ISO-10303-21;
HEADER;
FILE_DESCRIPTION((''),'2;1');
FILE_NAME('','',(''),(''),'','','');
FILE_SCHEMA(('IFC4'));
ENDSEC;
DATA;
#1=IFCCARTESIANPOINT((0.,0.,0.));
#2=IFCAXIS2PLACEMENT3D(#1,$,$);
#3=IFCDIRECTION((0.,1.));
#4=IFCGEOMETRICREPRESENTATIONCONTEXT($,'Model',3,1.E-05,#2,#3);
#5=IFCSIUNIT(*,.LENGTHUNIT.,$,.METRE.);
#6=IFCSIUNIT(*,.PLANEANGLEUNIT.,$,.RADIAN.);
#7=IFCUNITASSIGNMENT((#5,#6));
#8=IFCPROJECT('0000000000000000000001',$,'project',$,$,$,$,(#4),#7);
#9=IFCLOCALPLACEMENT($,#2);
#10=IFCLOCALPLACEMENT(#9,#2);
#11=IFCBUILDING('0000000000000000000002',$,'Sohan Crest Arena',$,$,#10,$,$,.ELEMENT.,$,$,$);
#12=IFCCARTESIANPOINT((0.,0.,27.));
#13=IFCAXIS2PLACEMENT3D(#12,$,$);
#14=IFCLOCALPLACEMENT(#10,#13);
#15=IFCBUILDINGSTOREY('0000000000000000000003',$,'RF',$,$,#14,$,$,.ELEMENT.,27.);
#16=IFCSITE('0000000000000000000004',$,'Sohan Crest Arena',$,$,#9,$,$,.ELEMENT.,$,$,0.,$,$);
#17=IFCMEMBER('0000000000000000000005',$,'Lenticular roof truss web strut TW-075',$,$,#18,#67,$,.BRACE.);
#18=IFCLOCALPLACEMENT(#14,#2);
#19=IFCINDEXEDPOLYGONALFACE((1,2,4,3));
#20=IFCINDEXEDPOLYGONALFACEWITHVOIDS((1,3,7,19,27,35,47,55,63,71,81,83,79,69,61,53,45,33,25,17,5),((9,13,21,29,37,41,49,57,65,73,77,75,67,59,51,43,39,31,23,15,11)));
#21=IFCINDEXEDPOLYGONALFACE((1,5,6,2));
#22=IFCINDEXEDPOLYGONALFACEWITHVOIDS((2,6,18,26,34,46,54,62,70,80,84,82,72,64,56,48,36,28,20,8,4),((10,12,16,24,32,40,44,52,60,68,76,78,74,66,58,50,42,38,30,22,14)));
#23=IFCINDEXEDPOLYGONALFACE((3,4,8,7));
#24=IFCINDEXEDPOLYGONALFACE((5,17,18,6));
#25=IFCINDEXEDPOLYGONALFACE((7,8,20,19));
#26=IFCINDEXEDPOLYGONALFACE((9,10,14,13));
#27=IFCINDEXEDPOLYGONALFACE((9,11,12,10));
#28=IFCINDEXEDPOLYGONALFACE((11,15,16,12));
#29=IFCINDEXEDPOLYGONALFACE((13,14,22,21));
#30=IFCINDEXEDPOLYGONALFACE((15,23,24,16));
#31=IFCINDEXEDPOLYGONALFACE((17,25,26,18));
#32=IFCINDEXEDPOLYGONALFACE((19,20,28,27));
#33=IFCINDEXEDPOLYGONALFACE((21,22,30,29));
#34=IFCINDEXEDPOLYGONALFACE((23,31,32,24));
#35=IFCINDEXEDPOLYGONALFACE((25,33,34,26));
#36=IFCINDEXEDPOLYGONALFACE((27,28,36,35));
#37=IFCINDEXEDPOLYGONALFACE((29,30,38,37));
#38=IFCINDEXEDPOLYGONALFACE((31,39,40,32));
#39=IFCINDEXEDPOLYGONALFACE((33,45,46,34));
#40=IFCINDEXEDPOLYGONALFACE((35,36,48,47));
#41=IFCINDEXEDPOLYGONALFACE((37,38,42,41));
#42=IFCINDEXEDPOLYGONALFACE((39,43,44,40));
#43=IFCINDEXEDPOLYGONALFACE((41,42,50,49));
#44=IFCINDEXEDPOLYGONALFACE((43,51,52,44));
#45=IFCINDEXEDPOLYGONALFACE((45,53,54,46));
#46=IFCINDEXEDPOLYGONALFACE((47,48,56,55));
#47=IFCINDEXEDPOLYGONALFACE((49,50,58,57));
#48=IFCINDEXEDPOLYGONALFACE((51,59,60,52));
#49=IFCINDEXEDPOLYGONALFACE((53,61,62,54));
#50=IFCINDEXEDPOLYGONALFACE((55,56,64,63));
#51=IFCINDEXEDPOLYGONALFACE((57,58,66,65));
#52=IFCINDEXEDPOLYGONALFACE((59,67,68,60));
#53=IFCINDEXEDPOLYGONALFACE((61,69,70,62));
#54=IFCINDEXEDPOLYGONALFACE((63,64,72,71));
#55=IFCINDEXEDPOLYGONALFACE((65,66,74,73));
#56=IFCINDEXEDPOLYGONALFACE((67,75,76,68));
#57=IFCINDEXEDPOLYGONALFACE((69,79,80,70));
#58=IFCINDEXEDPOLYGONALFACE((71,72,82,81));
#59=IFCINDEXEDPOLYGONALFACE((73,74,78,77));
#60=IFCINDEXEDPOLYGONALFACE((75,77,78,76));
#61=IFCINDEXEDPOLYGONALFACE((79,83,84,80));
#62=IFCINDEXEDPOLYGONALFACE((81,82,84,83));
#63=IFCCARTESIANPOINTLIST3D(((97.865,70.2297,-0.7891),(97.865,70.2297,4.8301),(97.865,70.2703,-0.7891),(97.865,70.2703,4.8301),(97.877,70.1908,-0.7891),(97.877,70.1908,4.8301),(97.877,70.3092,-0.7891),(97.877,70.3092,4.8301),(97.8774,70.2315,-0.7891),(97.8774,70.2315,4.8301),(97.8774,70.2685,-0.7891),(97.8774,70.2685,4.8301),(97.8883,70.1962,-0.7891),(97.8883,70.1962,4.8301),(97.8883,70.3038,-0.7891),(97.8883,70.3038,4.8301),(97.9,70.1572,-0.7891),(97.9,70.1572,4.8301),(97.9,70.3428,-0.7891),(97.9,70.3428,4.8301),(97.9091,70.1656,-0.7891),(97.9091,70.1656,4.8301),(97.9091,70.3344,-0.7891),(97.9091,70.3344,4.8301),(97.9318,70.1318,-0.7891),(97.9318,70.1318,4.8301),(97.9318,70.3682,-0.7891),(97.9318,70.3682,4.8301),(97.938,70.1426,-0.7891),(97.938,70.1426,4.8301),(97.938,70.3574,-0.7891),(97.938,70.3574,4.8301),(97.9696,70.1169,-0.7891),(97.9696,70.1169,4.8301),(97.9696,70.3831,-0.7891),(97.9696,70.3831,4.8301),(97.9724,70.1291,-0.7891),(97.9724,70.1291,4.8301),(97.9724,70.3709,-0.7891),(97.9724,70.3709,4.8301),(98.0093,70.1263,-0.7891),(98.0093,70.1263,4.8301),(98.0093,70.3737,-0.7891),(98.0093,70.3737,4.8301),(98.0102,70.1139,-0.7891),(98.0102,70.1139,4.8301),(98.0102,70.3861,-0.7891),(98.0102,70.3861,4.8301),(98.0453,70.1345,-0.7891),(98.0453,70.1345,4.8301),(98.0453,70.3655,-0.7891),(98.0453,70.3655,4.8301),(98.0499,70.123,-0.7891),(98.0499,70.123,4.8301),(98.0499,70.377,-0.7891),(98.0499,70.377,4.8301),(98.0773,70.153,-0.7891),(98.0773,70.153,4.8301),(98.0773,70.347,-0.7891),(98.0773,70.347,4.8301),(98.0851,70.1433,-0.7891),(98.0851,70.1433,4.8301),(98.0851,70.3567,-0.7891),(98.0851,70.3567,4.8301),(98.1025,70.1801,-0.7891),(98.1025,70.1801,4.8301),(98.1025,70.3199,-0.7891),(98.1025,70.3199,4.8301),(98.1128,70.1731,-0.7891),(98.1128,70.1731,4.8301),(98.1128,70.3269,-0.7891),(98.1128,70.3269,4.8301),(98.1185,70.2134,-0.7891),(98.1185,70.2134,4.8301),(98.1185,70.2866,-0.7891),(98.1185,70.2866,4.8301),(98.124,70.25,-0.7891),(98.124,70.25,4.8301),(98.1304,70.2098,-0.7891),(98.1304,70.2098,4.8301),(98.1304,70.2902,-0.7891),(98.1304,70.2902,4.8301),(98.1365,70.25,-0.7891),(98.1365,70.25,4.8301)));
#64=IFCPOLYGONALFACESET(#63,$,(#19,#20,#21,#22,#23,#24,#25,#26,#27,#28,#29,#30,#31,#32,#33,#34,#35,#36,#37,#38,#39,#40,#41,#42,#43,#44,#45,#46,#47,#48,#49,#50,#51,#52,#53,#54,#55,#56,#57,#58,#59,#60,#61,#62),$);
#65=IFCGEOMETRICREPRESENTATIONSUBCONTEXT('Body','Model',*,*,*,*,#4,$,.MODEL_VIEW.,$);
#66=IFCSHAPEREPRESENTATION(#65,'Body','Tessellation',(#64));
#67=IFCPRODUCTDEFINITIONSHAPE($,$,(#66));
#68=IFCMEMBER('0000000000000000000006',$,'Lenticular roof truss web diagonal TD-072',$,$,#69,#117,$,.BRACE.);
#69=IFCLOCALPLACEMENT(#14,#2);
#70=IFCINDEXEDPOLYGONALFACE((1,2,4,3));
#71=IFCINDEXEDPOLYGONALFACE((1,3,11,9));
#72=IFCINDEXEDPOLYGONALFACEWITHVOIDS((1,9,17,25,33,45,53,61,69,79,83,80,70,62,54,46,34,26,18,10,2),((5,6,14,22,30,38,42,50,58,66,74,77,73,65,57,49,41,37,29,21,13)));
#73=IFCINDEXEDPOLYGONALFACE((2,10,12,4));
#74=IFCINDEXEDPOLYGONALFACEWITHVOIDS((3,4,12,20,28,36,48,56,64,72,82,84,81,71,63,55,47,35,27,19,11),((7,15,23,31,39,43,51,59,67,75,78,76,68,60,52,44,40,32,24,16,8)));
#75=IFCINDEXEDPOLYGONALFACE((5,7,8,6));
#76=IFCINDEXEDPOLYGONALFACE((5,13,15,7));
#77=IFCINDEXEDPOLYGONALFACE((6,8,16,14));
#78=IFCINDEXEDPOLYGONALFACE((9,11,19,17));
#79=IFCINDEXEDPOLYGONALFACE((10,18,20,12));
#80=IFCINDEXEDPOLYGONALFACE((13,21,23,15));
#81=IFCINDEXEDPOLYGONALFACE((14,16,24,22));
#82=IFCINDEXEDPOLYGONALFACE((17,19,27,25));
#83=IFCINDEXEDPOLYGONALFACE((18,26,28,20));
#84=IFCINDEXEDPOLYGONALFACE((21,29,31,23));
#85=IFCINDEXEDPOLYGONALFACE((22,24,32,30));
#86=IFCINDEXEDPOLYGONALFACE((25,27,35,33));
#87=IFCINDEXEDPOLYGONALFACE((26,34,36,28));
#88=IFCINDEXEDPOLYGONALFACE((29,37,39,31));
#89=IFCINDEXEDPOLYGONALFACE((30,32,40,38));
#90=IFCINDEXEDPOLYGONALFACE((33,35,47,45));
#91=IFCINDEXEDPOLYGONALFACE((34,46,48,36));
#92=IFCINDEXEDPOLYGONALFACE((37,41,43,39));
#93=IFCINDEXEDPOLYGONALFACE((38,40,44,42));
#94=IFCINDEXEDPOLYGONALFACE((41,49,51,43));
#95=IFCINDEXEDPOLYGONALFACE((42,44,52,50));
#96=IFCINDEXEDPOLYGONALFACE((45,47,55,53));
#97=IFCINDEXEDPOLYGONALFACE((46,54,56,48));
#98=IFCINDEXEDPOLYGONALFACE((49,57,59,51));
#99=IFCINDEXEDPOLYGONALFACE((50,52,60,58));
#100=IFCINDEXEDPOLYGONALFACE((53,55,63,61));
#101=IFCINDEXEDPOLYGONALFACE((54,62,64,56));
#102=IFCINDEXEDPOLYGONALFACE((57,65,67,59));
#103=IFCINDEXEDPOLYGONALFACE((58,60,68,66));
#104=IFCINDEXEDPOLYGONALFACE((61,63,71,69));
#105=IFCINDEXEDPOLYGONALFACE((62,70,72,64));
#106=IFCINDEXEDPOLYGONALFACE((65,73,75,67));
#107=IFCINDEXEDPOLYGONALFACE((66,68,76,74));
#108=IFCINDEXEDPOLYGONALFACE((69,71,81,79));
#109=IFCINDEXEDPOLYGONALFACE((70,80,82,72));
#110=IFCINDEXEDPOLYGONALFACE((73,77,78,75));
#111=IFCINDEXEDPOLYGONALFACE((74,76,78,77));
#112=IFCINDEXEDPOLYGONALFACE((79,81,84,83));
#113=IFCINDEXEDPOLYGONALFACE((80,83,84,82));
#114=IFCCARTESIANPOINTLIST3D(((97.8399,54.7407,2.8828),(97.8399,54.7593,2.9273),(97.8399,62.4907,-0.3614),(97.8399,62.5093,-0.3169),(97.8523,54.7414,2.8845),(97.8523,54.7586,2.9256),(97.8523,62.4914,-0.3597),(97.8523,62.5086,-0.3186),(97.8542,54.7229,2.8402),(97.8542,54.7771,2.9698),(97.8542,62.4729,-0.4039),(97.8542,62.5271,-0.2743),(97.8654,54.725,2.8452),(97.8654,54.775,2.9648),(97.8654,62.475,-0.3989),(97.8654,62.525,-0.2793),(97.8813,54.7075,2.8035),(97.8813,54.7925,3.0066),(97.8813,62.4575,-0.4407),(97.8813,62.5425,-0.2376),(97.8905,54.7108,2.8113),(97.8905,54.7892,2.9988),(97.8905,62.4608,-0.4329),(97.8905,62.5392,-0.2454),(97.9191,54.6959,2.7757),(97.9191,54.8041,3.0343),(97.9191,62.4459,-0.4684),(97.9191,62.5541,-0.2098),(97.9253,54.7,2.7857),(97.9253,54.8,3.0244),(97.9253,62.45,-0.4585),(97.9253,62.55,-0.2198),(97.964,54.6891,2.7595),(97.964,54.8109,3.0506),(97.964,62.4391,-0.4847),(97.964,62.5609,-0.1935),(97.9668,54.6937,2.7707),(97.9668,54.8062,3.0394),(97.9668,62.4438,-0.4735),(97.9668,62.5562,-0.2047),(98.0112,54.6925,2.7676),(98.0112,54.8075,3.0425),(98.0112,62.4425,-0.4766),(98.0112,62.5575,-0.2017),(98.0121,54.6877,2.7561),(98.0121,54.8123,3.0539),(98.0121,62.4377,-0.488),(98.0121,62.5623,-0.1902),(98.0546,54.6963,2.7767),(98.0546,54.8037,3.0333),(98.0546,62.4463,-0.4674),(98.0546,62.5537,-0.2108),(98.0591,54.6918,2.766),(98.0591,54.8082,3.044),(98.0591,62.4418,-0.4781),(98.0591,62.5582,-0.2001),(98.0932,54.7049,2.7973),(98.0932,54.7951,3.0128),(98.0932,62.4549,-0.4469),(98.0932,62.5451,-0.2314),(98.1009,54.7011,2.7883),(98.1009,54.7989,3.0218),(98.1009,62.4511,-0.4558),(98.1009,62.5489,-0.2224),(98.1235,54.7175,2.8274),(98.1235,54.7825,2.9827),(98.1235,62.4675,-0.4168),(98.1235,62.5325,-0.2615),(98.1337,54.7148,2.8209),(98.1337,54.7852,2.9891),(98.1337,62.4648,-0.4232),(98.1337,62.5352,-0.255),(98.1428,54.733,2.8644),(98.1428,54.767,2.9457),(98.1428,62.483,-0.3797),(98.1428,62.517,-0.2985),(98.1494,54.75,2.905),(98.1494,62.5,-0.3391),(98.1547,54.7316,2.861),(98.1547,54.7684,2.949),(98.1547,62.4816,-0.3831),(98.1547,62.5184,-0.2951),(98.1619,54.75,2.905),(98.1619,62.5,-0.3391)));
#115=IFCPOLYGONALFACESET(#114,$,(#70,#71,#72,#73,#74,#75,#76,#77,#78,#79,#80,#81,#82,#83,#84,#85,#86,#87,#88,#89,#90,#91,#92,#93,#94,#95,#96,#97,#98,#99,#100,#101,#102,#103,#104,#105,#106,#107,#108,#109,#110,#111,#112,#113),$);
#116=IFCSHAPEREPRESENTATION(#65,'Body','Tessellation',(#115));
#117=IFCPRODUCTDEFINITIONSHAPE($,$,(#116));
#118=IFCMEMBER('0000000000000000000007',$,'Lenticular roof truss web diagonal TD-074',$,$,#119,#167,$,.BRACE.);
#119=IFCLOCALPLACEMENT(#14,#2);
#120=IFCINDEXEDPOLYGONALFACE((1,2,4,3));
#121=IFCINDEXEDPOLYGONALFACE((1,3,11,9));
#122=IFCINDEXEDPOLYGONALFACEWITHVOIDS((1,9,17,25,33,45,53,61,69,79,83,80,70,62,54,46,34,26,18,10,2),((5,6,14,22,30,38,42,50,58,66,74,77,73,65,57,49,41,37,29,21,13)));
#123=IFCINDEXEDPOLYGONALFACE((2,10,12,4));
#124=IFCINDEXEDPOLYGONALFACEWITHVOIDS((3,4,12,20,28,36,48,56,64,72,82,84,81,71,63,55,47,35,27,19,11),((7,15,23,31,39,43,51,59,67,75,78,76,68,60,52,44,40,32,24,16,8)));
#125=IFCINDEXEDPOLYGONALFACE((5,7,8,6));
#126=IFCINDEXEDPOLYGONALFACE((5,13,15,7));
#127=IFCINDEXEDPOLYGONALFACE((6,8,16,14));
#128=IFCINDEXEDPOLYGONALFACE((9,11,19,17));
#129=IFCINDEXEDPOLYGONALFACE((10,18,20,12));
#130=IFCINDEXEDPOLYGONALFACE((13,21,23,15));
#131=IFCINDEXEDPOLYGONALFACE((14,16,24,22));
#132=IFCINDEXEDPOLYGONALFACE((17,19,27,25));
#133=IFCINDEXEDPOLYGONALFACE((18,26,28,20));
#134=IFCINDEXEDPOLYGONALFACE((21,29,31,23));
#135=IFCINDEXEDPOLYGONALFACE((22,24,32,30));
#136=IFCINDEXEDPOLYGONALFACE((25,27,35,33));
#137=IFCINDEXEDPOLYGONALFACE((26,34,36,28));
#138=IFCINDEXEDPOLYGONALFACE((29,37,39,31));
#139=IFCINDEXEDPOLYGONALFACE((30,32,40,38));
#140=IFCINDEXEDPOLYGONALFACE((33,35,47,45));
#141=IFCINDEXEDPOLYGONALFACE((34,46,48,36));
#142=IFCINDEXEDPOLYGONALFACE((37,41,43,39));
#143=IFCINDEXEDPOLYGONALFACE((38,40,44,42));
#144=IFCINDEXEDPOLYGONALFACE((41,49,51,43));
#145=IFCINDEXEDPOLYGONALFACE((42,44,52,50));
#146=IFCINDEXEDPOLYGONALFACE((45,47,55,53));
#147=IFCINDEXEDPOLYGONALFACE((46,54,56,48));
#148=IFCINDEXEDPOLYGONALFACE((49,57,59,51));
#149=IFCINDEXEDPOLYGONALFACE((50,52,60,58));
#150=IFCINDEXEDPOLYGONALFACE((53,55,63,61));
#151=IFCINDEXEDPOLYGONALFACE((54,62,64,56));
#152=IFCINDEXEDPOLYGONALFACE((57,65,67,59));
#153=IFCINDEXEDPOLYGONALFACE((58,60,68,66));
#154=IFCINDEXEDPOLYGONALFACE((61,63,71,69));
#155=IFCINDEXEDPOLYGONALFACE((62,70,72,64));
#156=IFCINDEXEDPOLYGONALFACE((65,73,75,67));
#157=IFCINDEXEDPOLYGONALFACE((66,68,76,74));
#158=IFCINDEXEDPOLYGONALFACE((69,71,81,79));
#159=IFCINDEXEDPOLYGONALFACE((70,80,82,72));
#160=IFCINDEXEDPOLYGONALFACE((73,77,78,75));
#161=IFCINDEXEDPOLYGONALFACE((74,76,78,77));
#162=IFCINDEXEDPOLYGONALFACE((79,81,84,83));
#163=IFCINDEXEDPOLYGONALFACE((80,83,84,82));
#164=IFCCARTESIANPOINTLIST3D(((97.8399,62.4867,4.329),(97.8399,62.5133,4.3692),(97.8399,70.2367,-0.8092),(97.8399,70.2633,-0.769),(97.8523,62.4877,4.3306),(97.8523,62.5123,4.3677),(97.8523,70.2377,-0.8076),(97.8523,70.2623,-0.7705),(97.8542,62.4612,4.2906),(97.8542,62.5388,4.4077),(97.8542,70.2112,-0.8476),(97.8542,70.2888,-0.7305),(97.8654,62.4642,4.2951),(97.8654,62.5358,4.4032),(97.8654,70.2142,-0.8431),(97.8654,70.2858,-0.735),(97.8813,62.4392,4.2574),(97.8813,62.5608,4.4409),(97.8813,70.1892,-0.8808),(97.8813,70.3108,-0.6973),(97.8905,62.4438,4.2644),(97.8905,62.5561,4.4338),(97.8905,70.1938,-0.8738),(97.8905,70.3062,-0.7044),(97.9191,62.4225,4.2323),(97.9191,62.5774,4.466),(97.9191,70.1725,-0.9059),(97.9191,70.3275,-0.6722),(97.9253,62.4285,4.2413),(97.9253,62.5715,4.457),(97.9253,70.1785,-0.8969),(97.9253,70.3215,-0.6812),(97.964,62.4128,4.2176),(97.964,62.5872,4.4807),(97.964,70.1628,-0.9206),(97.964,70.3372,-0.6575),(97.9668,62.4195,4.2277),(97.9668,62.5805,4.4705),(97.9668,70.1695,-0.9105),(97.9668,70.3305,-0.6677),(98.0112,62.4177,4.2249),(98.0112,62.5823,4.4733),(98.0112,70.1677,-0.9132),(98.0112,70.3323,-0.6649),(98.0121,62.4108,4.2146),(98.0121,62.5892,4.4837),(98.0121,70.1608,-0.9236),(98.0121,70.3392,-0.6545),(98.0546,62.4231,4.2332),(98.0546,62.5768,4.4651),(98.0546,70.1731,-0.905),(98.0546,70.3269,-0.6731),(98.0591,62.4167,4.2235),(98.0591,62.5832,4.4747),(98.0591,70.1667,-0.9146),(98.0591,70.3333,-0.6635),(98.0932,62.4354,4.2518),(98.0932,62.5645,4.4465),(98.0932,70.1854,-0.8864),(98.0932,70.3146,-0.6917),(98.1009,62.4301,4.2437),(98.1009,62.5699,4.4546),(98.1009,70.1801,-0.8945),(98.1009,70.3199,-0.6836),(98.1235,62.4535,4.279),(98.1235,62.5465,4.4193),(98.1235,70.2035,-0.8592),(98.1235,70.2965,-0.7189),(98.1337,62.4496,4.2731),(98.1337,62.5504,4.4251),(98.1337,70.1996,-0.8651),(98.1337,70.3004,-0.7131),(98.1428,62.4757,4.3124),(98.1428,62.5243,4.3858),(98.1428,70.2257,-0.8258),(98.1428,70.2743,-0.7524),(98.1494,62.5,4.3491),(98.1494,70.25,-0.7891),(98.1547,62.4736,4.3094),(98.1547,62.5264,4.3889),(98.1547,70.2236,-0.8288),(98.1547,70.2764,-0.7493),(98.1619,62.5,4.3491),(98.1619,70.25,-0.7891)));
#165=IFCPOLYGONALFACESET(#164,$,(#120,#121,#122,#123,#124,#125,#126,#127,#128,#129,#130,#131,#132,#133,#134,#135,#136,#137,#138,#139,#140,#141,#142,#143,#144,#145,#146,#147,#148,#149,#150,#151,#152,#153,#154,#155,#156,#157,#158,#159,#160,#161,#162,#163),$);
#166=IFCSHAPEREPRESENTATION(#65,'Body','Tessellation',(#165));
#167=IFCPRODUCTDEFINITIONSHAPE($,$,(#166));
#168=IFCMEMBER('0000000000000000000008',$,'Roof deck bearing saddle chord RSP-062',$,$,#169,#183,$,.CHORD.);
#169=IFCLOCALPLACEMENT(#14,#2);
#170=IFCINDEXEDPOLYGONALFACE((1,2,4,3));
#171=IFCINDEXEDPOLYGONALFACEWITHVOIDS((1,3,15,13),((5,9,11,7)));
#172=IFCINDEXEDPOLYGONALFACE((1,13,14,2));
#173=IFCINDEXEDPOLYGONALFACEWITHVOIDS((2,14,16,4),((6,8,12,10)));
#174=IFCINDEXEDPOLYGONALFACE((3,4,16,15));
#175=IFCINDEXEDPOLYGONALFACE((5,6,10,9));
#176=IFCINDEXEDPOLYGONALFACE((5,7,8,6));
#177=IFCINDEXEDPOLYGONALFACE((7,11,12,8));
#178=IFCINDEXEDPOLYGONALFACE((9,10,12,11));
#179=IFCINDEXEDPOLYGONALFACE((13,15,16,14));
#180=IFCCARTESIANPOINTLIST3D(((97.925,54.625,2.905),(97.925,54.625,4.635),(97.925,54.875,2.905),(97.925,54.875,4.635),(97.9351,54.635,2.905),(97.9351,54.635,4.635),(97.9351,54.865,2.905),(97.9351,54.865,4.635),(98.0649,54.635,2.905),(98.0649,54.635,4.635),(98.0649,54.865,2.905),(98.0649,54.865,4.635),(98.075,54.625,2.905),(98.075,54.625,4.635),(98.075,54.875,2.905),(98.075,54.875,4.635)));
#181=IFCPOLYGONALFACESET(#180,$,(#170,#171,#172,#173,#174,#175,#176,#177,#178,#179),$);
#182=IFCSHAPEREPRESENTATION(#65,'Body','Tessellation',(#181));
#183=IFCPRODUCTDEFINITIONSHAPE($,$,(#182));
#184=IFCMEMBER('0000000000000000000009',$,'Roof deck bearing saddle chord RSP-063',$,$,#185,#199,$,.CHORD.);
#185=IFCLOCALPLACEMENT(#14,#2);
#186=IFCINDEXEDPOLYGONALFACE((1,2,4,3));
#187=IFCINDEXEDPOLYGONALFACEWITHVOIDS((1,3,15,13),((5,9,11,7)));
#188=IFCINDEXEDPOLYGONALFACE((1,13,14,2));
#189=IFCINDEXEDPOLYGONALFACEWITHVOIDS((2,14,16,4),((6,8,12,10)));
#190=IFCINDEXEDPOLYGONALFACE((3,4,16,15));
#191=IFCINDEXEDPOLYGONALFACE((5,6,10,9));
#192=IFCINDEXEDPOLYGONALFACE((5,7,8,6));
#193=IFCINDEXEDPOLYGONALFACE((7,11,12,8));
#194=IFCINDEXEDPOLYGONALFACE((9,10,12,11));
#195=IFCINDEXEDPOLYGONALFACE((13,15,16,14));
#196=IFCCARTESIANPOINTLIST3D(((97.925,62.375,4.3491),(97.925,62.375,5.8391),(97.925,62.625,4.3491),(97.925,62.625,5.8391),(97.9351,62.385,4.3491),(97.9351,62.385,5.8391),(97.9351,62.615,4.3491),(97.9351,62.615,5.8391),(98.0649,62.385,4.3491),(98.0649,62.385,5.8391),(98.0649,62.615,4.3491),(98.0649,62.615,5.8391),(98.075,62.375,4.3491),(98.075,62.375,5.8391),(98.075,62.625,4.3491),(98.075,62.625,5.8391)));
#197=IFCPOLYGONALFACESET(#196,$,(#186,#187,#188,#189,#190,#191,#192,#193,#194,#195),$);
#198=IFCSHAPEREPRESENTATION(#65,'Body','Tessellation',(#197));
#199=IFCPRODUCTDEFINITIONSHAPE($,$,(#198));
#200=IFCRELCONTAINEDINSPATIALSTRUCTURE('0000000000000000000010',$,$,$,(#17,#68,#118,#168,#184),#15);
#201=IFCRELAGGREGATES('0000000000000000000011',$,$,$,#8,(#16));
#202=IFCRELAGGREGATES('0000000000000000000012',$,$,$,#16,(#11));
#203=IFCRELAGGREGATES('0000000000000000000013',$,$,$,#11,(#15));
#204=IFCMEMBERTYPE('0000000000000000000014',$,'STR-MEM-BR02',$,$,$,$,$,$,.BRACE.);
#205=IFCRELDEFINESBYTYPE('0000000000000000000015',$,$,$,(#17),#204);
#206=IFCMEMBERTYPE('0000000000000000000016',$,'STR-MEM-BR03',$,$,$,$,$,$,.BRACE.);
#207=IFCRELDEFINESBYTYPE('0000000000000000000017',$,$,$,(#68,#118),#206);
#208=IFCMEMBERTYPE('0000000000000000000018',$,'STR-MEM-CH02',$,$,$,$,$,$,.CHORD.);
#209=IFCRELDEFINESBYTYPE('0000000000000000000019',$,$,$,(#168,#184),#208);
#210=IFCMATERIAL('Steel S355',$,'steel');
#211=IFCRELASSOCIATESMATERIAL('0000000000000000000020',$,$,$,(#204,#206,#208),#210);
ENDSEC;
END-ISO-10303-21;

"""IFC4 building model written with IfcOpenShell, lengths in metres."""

from ifc_helpers import new_model, si_unit, direction, frame, origin, origin_2d, place, context, subcontext, project, spatial, hollow_rectangle, hollow_circle, extrude, material, material_profile, profile_set, type_object, element, save


model = new_model("IFC4")

# Units and contexts
model_context = context("Model", 3, precision=1e-05, world=origin(), true_north=direction((0.0, 1.0)))
body_context = subcontext(model_context, "Body", "Model", "MODEL_VIEW")
ifc_project = project(units=[si_unit("LENGTHUNIT", "METRE"), si_unit("PLANEANGLEUNIT", "RADIAN")], contexts=[model_context])

# Site, building, storey
site_placement = place(None, origin())
site = spatial("IfcSite", under=ifc_project, at=site_placement, Name="Sohan Crest Arena", CompositionType="ELEMENT", RefElevation=0.0)
building_placement = place(site_placement, origin())
building = spatial("IfcBuilding", under=site, at=building_placement, Name="Sohan Crest Arena", CompositionType="ELEMENT")
storey_placement = place(building_placement, frame((0.0, 0.0, 27.0)))
storey = spatial("IfcBuildingStorey", under=building, at=storey_placement, Name="RF", CompositionType="ELEMENT", Elevation=27.0)

# Shared definitions
ifc_material_1 = material(Name="Steel S355", Category="steel")

# Members
ifc_material_profile_1 = material_profile(ifc_material_1, hollow_circle(Radius=0.1365, WallThickness=0.0125, at=origin_2d()), Name="CHS 273x12.5")
ifc_profile_set_1 = profile_set([ifc_material_profile_1], Name="Steel S355")
member_type_1 = type_object("IfcMemberType", Name="STR-MEM-BR02", PredefinedType="BRACE", material=ifc_profile_set_1)
member_1_placement = place(storey_placement, frame((98.0, 70.25, -0.7891), z_axis=(0.0, 0.0, 1.0), x_axis=(1.0, 0.0, 0.0)))
element("IfcMember", 1, at=member_1_placement, inside=storey, type_object=member_type_1, Name="Lenticular roof truss web strut TW-075", PredefinedType="BRACE", context=body_context, shape_type="SweptSolid", body=[
    extrude(hollow_circle(Radius=0.1365, WallThickness=0.0125, at=origin_2d()), origin(), (0.0, 0.0, 1.0), 5.6191),
])
ifc_material_profile_2 = material_profile(ifc_material_1, hollow_circle(Radius=0.1619, WallThickness=0.0125, at=origin_2d()), Name="CHS 323.9x12.5")
ifc_profile_set_2 = profile_set([ifc_material_profile_2], Name="Steel S355")
member_type_2 = type_object("IfcMemberType", Name="STR-MEM-BR03", PredefinedType="BRACE", material=ifc_profile_set_2)
member_2_placement = place(storey_placement, frame((98.0, 62.5, -0.3391), z_axis=(0.0, -0.922443, 0.386133), x_axis=(1.0, 0.0, 0.0)))
element("IfcMember", 2, at=member_2_placement, inside=storey, type_object=member_type_2, Name="Lenticular roof truss web diagonal TD-072", PredefinedType="BRACE", context=body_context, shape_type="SweptSolid", body=[
    extrude(hollow_circle(Radius=0.1619, WallThickness=0.0125, at=origin_2d()), origin(), (0.0, 0.0, 1.0), 8.4016),
])
member_3_placement = place(storey_placement, frame((98.0, 70.25, -0.7891), z_axis=(0.0, -0.833461, 0.552578), x_axis=(1.0, 0.0, 0.0)))
element("IfcMember", 3, at=member_3_placement, inside=storey, type_object=member_type_2, Name="Lenticular roof truss web diagonal TD-074", PredefinedType="BRACE", context=body_context, shape_type="SweptSolid", body=[
    extrude(hollow_circle(Radius=0.1619, WallThickness=0.0125, at=origin_2d()), origin(), (0.0, 0.0, 1.0), 9.2986),
])
ifc_material_profile_3 = material_profile(ifc_material_1, hollow_rectangle(XDim=0.1499, YDim=0.25, WallThickness=0.01, at=origin_2d()), Name="RHS 250x150x10")
ifc_profile_set_3 = profile_set([ifc_material_profile_3], Name="Steel S355")
member_type_3 = type_object("IfcMemberType", Name="STR-MEM-CH02", PredefinedType="CHORD", material=ifc_profile_set_3)
member_4_placement = place(storey_placement, frame((98.0, 54.75, 2.905), z_axis=(0.0, 0.0, 1.0), x_axis=(1.0, 0.0, 0.0)))
element("IfcMember", 4, at=member_4_placement, inside=storey, type_object=member_type_3, Name="Roof deck bearing saddle chord RSP-062", PredefinedType="CHORD", context=body_context, shape_type="SweptSolid", body=[
    extrude(hollow_rectangle(XDim=0.1499, YDim=0.25, WallThickness=0.01, at=origin_2d()), origin(), (0.0, 0.0, 1.0), 1.73),
])
member_5_placement = place(storey_placement, frame((98.0, 62.5, 4.3491), z_axis=(0.0, 0.0, 1.0), x_axis=(1.0, 0.0, 0.0)))
element("IfcMember", 5, at=member_5_placement, inside=storey, type_object=member_type_3, Name="Roof deck bearing saddle chord RSP-063", PredefinedType="CHORD", context=body_context, shape_type="SweptSolid", body=[
    extrude(hollow_rectangle(XDim=0.1499, YDim=0.25, WallThickness=0.01, at=origin_2d()), origin(), (0.0, 0.0, 1.0), 1.49),
])

save(model, "model.ifc")
